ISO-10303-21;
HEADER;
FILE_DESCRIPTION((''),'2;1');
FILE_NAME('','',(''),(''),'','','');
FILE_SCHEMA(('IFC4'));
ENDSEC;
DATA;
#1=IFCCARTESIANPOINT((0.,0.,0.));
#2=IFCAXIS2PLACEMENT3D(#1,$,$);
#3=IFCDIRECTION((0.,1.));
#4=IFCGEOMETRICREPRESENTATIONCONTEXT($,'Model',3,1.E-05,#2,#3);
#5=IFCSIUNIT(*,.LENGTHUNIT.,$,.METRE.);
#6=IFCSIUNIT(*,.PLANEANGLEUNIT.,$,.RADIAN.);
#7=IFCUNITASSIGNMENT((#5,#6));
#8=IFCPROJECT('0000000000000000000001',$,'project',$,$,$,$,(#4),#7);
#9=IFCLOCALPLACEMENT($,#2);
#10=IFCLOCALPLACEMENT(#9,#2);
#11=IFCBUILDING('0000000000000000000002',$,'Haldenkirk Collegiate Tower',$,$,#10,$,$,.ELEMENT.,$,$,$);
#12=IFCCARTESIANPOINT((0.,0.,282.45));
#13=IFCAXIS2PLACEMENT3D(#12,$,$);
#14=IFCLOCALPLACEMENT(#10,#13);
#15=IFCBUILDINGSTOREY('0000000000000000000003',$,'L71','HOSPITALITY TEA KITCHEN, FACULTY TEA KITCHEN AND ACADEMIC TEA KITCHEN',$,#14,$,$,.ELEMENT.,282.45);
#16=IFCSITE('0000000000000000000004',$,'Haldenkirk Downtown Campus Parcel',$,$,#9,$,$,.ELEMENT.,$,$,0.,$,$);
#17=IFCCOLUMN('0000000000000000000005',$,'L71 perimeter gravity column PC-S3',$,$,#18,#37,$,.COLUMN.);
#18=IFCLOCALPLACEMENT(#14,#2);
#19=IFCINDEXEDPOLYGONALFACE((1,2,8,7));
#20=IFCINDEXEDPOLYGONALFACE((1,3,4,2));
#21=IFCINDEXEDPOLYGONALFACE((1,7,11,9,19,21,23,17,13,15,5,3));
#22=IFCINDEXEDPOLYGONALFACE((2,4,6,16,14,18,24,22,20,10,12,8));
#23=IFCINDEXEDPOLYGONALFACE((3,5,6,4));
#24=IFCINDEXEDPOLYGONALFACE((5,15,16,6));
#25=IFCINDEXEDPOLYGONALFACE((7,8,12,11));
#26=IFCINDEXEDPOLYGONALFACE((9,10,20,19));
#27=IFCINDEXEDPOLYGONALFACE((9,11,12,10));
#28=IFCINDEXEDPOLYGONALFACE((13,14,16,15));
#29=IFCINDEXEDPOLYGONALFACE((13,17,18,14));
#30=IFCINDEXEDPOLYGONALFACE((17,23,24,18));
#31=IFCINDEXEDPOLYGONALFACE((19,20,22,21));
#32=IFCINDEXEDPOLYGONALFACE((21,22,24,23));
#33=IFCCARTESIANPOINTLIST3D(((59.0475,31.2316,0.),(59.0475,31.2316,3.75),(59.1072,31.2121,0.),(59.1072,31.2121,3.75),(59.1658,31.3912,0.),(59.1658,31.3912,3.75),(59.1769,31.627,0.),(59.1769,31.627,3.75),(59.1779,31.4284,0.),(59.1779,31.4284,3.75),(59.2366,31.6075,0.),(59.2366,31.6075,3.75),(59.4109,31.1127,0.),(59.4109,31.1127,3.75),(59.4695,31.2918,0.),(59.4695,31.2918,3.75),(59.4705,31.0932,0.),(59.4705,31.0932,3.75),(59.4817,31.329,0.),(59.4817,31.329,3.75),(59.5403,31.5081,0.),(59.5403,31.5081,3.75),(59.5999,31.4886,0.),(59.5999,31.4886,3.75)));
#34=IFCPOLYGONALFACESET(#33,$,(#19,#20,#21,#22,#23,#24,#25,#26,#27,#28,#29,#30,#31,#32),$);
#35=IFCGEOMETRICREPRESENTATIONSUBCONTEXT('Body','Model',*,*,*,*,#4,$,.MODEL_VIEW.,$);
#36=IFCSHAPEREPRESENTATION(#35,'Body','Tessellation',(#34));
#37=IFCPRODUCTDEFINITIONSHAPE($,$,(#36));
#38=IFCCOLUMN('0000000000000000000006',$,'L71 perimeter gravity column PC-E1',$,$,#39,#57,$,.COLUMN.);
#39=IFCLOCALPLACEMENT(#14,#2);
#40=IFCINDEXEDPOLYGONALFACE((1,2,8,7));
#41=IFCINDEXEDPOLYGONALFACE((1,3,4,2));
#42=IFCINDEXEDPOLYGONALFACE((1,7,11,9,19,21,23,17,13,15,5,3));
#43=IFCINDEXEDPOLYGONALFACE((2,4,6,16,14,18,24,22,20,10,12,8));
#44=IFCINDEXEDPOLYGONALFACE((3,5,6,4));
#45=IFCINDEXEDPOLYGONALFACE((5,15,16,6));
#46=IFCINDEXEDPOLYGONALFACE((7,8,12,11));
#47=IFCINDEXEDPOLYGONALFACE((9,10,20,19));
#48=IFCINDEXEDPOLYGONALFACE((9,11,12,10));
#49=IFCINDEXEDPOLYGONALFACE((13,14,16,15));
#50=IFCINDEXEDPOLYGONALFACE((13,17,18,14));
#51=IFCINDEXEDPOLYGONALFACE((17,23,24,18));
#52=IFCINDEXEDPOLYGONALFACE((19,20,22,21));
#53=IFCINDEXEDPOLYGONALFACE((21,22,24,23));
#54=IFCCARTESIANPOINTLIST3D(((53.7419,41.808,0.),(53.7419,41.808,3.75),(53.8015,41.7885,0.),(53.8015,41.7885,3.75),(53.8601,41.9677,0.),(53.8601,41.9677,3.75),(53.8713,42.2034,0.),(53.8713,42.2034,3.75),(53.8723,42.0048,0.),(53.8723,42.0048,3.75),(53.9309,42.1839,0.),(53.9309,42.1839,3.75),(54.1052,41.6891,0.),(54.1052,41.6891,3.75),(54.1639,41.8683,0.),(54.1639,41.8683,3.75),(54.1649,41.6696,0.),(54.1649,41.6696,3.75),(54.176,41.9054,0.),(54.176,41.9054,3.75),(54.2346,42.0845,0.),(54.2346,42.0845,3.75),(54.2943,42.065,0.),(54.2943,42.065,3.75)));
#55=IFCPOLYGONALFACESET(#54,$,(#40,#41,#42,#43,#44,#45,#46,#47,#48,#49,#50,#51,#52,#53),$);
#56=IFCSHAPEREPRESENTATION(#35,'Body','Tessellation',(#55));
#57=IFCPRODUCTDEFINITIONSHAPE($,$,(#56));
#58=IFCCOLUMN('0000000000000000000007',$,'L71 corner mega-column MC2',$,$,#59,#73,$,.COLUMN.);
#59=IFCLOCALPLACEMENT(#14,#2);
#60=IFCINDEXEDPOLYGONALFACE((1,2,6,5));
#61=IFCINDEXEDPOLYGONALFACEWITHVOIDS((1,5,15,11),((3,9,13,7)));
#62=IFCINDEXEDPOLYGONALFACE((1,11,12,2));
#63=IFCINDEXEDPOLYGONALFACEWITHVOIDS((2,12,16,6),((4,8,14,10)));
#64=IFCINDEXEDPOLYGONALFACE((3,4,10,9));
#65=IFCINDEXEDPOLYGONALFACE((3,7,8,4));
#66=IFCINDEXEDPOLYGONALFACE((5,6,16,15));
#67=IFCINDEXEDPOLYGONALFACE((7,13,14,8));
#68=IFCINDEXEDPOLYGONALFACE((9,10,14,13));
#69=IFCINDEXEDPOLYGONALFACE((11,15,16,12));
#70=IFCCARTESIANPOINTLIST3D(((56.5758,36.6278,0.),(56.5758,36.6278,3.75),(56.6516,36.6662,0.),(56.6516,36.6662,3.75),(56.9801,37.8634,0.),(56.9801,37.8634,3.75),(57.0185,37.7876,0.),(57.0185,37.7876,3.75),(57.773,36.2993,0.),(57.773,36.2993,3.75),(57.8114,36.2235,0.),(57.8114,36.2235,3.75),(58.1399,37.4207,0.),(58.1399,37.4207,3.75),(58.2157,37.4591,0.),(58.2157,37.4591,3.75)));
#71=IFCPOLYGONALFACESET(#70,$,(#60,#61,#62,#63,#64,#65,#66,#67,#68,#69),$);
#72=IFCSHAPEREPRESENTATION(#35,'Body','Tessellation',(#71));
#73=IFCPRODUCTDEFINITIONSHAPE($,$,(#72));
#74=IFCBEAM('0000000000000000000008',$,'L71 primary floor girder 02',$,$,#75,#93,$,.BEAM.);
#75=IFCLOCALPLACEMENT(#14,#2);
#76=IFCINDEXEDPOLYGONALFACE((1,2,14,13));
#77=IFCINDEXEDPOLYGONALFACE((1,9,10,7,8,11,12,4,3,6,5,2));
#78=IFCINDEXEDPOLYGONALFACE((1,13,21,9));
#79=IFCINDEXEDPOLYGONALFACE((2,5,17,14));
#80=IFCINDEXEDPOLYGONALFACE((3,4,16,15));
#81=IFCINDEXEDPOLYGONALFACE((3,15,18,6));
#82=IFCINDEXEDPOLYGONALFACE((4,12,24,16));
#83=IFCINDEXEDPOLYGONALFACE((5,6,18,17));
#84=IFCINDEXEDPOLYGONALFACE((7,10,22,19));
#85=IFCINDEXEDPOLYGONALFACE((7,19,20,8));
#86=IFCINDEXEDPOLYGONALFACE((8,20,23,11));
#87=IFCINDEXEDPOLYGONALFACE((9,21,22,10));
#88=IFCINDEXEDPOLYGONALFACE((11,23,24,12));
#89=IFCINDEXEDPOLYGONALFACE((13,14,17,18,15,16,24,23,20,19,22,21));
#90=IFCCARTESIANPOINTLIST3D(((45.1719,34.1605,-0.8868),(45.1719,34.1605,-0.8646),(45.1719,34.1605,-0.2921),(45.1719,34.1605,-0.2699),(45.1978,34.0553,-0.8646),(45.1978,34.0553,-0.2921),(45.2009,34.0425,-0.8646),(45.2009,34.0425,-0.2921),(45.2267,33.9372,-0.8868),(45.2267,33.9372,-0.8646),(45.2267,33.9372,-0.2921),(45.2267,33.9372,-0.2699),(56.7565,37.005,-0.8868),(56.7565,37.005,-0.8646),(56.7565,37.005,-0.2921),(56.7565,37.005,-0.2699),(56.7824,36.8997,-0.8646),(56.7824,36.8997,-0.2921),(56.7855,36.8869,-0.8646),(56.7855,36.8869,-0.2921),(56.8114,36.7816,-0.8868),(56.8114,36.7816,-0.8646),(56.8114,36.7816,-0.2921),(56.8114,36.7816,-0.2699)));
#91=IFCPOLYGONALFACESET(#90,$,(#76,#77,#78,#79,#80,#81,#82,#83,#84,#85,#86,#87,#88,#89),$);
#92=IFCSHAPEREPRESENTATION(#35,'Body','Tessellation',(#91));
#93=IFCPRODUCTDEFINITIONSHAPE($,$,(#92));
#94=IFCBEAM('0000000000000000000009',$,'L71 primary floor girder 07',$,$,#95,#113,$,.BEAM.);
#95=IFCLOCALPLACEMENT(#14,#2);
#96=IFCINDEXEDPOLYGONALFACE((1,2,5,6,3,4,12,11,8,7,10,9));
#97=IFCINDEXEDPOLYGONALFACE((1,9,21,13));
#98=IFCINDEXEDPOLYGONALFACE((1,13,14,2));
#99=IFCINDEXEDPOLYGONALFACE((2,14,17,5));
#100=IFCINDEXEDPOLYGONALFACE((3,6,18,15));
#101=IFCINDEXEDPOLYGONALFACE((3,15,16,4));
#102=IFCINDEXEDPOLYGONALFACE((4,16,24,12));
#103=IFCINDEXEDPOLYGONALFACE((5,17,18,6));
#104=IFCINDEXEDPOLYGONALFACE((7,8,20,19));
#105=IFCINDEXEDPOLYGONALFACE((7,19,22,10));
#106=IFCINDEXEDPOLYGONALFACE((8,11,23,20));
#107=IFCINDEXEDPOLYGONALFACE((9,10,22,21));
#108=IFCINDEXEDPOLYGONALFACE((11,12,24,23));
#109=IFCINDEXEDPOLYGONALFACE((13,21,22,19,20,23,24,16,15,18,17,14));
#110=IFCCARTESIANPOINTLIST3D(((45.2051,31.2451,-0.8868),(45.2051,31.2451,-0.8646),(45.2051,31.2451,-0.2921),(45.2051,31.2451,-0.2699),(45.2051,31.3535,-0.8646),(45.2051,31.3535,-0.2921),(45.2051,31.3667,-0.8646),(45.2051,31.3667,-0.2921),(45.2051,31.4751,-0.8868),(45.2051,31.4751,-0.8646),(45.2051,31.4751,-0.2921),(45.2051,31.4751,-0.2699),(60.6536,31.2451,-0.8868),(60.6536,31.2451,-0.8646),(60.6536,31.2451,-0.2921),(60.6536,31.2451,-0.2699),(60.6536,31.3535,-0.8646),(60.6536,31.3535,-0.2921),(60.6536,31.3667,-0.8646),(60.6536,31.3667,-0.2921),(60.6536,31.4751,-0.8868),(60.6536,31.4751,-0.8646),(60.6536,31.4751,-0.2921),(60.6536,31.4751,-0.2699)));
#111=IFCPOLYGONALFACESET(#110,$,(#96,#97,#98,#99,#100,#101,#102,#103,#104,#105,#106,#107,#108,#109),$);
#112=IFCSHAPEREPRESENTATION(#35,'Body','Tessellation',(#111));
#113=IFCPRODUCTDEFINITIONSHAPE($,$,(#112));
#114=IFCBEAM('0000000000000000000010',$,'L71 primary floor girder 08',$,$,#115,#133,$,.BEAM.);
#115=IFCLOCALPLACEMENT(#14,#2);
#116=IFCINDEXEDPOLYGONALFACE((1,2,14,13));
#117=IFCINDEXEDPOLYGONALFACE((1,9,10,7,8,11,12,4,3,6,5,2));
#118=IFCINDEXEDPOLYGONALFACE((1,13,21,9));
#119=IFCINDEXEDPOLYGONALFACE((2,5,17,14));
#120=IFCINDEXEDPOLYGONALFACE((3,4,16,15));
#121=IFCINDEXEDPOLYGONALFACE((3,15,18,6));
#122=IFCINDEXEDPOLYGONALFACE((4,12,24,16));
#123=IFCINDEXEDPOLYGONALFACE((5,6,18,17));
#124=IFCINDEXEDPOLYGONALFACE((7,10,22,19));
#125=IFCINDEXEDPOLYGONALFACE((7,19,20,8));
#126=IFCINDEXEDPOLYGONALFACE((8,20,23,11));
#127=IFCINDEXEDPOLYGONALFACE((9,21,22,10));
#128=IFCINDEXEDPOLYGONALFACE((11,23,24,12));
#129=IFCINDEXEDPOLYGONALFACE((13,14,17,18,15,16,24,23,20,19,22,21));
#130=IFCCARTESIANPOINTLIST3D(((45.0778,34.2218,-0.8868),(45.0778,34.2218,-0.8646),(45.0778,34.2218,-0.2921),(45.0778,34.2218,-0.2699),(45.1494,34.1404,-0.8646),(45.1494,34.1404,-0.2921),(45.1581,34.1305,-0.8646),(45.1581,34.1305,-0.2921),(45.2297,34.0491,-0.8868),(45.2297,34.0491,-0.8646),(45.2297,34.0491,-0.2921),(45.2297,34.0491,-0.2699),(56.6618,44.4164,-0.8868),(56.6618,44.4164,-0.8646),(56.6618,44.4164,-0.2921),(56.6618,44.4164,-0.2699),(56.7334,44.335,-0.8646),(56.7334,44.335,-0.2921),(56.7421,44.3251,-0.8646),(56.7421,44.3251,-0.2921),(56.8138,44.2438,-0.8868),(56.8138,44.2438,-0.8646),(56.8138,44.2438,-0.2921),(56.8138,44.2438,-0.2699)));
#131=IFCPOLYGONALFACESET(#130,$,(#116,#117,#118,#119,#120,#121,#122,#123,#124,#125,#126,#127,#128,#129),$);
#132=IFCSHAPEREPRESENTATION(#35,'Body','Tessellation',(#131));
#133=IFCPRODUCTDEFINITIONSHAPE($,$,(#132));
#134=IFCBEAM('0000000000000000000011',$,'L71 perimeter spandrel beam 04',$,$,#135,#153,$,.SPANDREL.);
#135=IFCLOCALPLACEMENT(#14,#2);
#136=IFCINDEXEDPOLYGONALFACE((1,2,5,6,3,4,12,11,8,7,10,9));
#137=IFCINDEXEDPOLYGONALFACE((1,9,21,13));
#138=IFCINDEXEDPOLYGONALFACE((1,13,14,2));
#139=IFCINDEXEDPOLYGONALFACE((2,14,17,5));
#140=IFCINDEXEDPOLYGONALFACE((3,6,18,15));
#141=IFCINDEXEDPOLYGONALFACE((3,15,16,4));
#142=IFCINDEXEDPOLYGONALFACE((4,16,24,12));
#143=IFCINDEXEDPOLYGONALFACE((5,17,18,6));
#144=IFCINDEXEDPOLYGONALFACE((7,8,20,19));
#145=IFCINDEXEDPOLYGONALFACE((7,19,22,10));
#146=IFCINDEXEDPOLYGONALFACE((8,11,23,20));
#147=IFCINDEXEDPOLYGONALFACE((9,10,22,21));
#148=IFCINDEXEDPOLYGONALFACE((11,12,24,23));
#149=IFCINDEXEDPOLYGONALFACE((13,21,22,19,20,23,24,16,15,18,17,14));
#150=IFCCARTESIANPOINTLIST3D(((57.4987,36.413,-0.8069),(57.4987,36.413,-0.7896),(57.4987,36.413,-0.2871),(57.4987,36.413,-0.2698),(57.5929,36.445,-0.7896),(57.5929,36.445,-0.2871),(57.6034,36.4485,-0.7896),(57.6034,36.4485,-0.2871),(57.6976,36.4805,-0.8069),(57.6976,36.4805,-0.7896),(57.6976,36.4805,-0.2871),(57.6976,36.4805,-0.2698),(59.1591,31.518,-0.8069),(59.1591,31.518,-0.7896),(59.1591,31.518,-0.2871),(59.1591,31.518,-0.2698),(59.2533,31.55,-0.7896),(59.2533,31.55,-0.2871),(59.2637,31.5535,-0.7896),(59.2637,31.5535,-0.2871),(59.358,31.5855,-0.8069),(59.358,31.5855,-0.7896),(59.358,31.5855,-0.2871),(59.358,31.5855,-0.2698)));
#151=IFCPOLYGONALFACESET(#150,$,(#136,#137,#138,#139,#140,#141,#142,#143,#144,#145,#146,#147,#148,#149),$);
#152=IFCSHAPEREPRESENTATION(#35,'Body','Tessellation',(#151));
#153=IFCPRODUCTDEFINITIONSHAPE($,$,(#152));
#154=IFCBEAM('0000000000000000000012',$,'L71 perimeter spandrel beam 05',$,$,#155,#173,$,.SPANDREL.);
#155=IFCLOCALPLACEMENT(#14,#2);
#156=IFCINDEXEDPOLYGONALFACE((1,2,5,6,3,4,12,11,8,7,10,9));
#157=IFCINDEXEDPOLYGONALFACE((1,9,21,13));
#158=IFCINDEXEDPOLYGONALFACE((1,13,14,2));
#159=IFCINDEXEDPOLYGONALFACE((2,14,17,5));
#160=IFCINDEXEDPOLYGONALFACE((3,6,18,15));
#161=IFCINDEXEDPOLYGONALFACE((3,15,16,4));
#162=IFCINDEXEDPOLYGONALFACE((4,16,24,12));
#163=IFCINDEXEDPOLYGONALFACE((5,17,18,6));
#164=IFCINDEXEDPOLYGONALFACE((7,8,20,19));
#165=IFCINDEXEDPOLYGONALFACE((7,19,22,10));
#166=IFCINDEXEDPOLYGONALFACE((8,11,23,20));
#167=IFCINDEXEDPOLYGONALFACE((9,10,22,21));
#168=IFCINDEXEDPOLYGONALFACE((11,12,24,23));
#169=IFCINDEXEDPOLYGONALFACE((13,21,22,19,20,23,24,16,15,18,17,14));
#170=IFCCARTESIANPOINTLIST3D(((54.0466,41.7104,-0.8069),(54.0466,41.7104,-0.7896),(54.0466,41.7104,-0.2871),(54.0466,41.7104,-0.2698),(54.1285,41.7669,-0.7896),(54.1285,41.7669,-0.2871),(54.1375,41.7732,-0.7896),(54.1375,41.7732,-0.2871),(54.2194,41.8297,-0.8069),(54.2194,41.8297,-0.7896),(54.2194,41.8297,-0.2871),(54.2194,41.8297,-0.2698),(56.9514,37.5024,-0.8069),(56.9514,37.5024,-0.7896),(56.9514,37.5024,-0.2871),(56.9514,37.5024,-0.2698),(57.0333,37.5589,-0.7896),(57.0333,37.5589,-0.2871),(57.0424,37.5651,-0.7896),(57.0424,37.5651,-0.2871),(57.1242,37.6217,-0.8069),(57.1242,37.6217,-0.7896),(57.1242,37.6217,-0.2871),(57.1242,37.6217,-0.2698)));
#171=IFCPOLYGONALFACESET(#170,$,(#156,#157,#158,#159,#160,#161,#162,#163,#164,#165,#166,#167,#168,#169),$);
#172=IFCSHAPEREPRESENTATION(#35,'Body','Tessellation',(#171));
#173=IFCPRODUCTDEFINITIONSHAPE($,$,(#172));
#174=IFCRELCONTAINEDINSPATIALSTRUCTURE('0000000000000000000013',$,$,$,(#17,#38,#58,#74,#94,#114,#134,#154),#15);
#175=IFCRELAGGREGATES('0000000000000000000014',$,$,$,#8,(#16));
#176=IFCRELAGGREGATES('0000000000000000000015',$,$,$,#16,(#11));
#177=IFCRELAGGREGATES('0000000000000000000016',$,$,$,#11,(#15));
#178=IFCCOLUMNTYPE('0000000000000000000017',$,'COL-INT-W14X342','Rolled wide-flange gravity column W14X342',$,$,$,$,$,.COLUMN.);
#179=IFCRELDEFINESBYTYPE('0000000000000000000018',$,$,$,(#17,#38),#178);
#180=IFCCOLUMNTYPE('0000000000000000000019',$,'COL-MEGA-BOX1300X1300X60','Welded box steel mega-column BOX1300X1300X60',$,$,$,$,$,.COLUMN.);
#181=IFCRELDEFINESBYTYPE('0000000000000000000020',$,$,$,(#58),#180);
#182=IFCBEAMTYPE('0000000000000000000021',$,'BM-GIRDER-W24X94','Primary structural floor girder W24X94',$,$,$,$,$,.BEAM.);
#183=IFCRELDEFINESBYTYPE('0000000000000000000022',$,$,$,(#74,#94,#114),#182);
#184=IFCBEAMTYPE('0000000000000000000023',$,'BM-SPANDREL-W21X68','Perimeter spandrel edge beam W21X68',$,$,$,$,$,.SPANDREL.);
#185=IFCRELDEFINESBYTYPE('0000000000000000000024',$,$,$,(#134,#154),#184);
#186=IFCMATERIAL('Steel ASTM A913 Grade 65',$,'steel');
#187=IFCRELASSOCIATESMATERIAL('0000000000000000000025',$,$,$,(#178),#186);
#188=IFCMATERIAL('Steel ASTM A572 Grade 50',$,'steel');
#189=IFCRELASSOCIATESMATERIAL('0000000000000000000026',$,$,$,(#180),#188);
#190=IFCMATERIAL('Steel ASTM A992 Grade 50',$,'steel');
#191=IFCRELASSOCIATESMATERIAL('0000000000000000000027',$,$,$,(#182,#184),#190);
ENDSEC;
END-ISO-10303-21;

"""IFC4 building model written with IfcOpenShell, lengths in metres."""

from ifc_helpers import new_model, si_unit, direction, frame, origin, origin_2d, place, context, subcontext, project, spatial, hollow_rectangle, i_section, extrude, material, material_profile, profile_set, type_object, element, save


model = new_model("IFC4")

# Units and contexts
model_context = context("Model", 3, precision=1e-05, world=origin(), true_north=direction((0.0, 1.0)))
body_context = subcontext(model_context, "Body", "Model", "MODEL_VIEW")
ifc_project = project(units=[si_unit("LENGTHUNIT", "METRE"), si_unit("PLANEANGLEUNIT", "RADIAN")], contexts=[model_context])

# Site, building, storey
site_placement = place(None, origin())
site = spatial("IfcSite", under=ifc_project, at=site_placement, Name="Haldenkirk Downtown Campus Parcel", CompositionType="ELEMENT", RefElevation=0.0)
building_placement = place(site_placement, origin())
building = spatial("IfcBuilding", under=site, at=building_placement, Name="Haldenkirk Collegiate Tower", CompositionType="ELEMENT")
storey_placement = place(building_placement, frame((0.0, 0.0, 282.45)))
storey = spatial("IfcBuildingStorey", under=building, at=storey_placement, Name="L71", Description="HOSPITALITY TEA KITCHEN, FACULTY TEA KITCHEN AND ACADEMIC TEA KITCHEN", CompositionType="ELEMENT", Elevation=282.45)

# Columns
ifc_material_1 = material(Name="Steel ASTM A913 Grade 65", Category="steel")
ifc_material_profile_1 = material_profile(ifc_material_1, i_section(OverallWidth=0.416, OverallDepth=0.4451, WebThickness=0.0391, FlangeThickness=0.0627, at=origin_2d()), Name="W14X342")
ifc_profile_set_1 = profile_set([ifc_material_profile_1], Name="Steel ASTM A913 Grade 65")
column_type_1 = type_object("IfcColumnType", Name="COL-INT-W14X342", Description="Rolled wide-flange gravity column W14X342", PredefinedType="COLUMN", material=ifc_profile_set_1)
for number, where, z_axis, x_axis, name in (
    (1, (59.3237, 31.3601, 0.0), (0.0, 0.0, 1.0), (0.311008, 0.950407, 0.0), "L71 perimeter gravity column PC-S3"),
    (2, (54.0181, 41.9365, 0.0), (0.0, 0.0, 1.0), (0.311008, 0.950407, 0.0), "L71 perimeter gravity column PC-E1"),
):
    element("IfcColumn", number, at=place(storey_placement, frame(where, z_axis=z_axis, x_axis=x_axis)), inside=storey, type_object=column_type_1, Name=name, PredefinedType="COLUMN", context=body_context, shape_type="SweptSolid", body=[
        extrude(i_section(OverallWidth=0.416, OverallDepth=0.4451, WebThickness=0.0391, FlangeThickness=0.0627, at=origin_2d()), origin(), (0.0, 0.0, 1.0), 3.75),
    ])
ifc_material_2 = material(Name="Steel ASTM A572 Grade 50", Category="steel")
ifc_material_profile_2 = material_profile(ifc_material_2, hollow_rectangle(XDim=1.3, YDim=1.3, WallThickness=0.0601, at=origin_2d()), Name="BOX1300X1300X60")
ifc_profile_set_2 = profile_set([ifc_material_profile_2], Name="Steel ASTM A572 Grade 50")
column_type_2 = type_object("IfcColumnType", Name="COL-MEGA-BOX1300X1300X60", Description="Welded box steel mega-column BOX1300X1300X60", PredefinedType="COLUMN", material=ifc_profile_set_2)
column_placement = place(storey_placement, frame((57.3958, 37.0435, 0.0), z_axis=(0.0, 0.0, 1.0), x_axis=(0.311008, 0.950407, 0.0)))
element("IfcColumn", 3, at=column_placement, inside=storey, type_object=column_type_2, Name="L71 corner mega-column MC2", PredefinedType="COLUMN", context=body_context, shape_type="SweptSolid", body=[
    extrude(hollow_rectangle(XDim=1.3, YDim=1.3, WallThickness=0.0601, at=origin_2d()), origin(), (0.0, 0.0, 1.0), 3.75),
])

# Beams
ifc_material_3 = material(Name="Steel ASTM A992 Grade 50", Category="steel")
ifc_material_profile_3 = material_profile(ifc_material_3, i_section(OverallWidth=0.23, OverallDepth=0.6169, WebThickness=0.0132, FlangeThickness=0.0222, at=origin_2d()), Name="W24X94")
ifc_profile_set_3 = profile_set([ifc_material_profile_3], Name="Steel ASTM A992 Grade 50")
beam_type_1 = type_object("IfcBeamType", Name="BM-GIRDER-W24X94", Description="Primary structural floor girder W24X94", PredefinedType="BEAM", material=ifc_profile_set_3)
beam_1_placement = place(storey_placement, frame((56.7839, 36.8933, -0.5784), z_axis=(-0.971154, -0.238455, 0.0), x_axis=(0.238455, -0.971154, 0.0)))
element("IfcBeam", 4, at=beam_1_placement, inside=storey, type_object=beam_type_1, Name="L71 primary floor girder 02", PredefinedType="BEAM", context=body_context, shape_type="SweptSolid", body=[
    extrude(i_section(OverallWidth=0.23, OverallDepth=0.6169, WebThickness=0.0132, FlangeThickness=0.0222, at=origin_2d()), origin(), (0.0, 0.0, 1.0), 11.9287),
])
beam_2_placement = place(storey_placement, frame((60.6536, 31.3601, -0.5784), z_axis=(-1.0, 0.0, 0.0), x_axis=(0.0, -1.0, 0.0)))
element("IfcBeam", 5, at=beam_2_placement, inside=storey, type_object=beam_type_1, Name="L71 primary floor girder 07", PredefinedType="BEAM", context=body_context, shape_type="SweptSolid", body=[
    extrude(i_section(OverallWidth=0.23, OverallDepth=0.6169, WebThickness=0.0132, FlangeThickness=0.0222, at=origin_2d()), origin(), (0.0, 0.0, 1.0), 15.4485),
])
beam_3_placement = place(storey_placement, frame((56.7378, 44.3301, -0.5784), z_axis=(-0.750692, -0.660653, 0.0), x_axis=(0.660653, -0.750692, 0.0)))
element("IfcBeam", 6, at=beam_3_placement, inside=storey, type_object=beam_type_1, Name="L71 primary floor girder 08", PredefinedType="BEAM", context=body_context, shape_type="SweptSolid", body=[
    extrude(i_section(OverallWidth=0.23, OverallDepth=0.6169, WebThickness=0.0132, FlangeThickness=0.0222, at=origin_2d()), origin(), (0.0, 0.0, 1.0), 15.4312),
])
ifc_material_profile_4 = material_profile(ifc_material_3, i_section(OverallWidth=0.21, OverallDepth=0.5371, WebThickness=0.011, FlangeThickness=0.0173, at=origin_2d()), Name="W21X68")
ifc_profile_set_4 = profile_set([ifc_material_profile_4], Name="Steel ASTM A992 Grade 50")
beam_type_2 = type_object("IfcBeamType", Name="BM-SPANDREL-W21X68", Description="Perimeter spandrel edge beam W21X68", PredefinedType="SPANDREL", material=ifc_profile_set_4)
beam_4_placement = place(storey_placement, frame((59.2585, 31.5518, -0.5383), z_axis=(-0.321225, 0.947003, 0.0), x_axis=(-0.947003, -0.321225, 0.0)))
element("IfcBeam", 7, at=beam_4_placement, inside=storey, type_object=beam_type_2, Name="L71 perimeter spandrel beam 04", PredefinedType="SPANDREL", context=body_context, shape_type="SweptSolid", body=[
    extrude(i_section(OverallWidth=0.21, OverallDepth=0.5371, WebThickness=0.011, FlangeThickness=0.0173, at=origin_2d()), origin(), (0.0, 0.0, 1.0), 5.1689),
])
beam_5_placement = place(storey_placement, frame((57.0378, 37.562, -0.5383), z_axis=(-0.568092, 0.822965, 0.0), x_axis=(-0.822965, -0.568092, 0.0)))
element("IfcBeam", 8, at=beam_5_placement, inside=storey, type_object=beam_type_2, Name="L71 perimeter spandrel beam 05", PredefinedType="SPANDREL", context=body_context, shape_type="SweptSolid", body=[
    extrude(i_section(OverallWidth=0.21, OverallDepth=0.5371, WebThickness=0.011, FlangeThickness=0.0173, at=origin_2d()), origin(), (0.0, 0.0, 1.0), 5.1133),
])

save(model, "model.ifc")
